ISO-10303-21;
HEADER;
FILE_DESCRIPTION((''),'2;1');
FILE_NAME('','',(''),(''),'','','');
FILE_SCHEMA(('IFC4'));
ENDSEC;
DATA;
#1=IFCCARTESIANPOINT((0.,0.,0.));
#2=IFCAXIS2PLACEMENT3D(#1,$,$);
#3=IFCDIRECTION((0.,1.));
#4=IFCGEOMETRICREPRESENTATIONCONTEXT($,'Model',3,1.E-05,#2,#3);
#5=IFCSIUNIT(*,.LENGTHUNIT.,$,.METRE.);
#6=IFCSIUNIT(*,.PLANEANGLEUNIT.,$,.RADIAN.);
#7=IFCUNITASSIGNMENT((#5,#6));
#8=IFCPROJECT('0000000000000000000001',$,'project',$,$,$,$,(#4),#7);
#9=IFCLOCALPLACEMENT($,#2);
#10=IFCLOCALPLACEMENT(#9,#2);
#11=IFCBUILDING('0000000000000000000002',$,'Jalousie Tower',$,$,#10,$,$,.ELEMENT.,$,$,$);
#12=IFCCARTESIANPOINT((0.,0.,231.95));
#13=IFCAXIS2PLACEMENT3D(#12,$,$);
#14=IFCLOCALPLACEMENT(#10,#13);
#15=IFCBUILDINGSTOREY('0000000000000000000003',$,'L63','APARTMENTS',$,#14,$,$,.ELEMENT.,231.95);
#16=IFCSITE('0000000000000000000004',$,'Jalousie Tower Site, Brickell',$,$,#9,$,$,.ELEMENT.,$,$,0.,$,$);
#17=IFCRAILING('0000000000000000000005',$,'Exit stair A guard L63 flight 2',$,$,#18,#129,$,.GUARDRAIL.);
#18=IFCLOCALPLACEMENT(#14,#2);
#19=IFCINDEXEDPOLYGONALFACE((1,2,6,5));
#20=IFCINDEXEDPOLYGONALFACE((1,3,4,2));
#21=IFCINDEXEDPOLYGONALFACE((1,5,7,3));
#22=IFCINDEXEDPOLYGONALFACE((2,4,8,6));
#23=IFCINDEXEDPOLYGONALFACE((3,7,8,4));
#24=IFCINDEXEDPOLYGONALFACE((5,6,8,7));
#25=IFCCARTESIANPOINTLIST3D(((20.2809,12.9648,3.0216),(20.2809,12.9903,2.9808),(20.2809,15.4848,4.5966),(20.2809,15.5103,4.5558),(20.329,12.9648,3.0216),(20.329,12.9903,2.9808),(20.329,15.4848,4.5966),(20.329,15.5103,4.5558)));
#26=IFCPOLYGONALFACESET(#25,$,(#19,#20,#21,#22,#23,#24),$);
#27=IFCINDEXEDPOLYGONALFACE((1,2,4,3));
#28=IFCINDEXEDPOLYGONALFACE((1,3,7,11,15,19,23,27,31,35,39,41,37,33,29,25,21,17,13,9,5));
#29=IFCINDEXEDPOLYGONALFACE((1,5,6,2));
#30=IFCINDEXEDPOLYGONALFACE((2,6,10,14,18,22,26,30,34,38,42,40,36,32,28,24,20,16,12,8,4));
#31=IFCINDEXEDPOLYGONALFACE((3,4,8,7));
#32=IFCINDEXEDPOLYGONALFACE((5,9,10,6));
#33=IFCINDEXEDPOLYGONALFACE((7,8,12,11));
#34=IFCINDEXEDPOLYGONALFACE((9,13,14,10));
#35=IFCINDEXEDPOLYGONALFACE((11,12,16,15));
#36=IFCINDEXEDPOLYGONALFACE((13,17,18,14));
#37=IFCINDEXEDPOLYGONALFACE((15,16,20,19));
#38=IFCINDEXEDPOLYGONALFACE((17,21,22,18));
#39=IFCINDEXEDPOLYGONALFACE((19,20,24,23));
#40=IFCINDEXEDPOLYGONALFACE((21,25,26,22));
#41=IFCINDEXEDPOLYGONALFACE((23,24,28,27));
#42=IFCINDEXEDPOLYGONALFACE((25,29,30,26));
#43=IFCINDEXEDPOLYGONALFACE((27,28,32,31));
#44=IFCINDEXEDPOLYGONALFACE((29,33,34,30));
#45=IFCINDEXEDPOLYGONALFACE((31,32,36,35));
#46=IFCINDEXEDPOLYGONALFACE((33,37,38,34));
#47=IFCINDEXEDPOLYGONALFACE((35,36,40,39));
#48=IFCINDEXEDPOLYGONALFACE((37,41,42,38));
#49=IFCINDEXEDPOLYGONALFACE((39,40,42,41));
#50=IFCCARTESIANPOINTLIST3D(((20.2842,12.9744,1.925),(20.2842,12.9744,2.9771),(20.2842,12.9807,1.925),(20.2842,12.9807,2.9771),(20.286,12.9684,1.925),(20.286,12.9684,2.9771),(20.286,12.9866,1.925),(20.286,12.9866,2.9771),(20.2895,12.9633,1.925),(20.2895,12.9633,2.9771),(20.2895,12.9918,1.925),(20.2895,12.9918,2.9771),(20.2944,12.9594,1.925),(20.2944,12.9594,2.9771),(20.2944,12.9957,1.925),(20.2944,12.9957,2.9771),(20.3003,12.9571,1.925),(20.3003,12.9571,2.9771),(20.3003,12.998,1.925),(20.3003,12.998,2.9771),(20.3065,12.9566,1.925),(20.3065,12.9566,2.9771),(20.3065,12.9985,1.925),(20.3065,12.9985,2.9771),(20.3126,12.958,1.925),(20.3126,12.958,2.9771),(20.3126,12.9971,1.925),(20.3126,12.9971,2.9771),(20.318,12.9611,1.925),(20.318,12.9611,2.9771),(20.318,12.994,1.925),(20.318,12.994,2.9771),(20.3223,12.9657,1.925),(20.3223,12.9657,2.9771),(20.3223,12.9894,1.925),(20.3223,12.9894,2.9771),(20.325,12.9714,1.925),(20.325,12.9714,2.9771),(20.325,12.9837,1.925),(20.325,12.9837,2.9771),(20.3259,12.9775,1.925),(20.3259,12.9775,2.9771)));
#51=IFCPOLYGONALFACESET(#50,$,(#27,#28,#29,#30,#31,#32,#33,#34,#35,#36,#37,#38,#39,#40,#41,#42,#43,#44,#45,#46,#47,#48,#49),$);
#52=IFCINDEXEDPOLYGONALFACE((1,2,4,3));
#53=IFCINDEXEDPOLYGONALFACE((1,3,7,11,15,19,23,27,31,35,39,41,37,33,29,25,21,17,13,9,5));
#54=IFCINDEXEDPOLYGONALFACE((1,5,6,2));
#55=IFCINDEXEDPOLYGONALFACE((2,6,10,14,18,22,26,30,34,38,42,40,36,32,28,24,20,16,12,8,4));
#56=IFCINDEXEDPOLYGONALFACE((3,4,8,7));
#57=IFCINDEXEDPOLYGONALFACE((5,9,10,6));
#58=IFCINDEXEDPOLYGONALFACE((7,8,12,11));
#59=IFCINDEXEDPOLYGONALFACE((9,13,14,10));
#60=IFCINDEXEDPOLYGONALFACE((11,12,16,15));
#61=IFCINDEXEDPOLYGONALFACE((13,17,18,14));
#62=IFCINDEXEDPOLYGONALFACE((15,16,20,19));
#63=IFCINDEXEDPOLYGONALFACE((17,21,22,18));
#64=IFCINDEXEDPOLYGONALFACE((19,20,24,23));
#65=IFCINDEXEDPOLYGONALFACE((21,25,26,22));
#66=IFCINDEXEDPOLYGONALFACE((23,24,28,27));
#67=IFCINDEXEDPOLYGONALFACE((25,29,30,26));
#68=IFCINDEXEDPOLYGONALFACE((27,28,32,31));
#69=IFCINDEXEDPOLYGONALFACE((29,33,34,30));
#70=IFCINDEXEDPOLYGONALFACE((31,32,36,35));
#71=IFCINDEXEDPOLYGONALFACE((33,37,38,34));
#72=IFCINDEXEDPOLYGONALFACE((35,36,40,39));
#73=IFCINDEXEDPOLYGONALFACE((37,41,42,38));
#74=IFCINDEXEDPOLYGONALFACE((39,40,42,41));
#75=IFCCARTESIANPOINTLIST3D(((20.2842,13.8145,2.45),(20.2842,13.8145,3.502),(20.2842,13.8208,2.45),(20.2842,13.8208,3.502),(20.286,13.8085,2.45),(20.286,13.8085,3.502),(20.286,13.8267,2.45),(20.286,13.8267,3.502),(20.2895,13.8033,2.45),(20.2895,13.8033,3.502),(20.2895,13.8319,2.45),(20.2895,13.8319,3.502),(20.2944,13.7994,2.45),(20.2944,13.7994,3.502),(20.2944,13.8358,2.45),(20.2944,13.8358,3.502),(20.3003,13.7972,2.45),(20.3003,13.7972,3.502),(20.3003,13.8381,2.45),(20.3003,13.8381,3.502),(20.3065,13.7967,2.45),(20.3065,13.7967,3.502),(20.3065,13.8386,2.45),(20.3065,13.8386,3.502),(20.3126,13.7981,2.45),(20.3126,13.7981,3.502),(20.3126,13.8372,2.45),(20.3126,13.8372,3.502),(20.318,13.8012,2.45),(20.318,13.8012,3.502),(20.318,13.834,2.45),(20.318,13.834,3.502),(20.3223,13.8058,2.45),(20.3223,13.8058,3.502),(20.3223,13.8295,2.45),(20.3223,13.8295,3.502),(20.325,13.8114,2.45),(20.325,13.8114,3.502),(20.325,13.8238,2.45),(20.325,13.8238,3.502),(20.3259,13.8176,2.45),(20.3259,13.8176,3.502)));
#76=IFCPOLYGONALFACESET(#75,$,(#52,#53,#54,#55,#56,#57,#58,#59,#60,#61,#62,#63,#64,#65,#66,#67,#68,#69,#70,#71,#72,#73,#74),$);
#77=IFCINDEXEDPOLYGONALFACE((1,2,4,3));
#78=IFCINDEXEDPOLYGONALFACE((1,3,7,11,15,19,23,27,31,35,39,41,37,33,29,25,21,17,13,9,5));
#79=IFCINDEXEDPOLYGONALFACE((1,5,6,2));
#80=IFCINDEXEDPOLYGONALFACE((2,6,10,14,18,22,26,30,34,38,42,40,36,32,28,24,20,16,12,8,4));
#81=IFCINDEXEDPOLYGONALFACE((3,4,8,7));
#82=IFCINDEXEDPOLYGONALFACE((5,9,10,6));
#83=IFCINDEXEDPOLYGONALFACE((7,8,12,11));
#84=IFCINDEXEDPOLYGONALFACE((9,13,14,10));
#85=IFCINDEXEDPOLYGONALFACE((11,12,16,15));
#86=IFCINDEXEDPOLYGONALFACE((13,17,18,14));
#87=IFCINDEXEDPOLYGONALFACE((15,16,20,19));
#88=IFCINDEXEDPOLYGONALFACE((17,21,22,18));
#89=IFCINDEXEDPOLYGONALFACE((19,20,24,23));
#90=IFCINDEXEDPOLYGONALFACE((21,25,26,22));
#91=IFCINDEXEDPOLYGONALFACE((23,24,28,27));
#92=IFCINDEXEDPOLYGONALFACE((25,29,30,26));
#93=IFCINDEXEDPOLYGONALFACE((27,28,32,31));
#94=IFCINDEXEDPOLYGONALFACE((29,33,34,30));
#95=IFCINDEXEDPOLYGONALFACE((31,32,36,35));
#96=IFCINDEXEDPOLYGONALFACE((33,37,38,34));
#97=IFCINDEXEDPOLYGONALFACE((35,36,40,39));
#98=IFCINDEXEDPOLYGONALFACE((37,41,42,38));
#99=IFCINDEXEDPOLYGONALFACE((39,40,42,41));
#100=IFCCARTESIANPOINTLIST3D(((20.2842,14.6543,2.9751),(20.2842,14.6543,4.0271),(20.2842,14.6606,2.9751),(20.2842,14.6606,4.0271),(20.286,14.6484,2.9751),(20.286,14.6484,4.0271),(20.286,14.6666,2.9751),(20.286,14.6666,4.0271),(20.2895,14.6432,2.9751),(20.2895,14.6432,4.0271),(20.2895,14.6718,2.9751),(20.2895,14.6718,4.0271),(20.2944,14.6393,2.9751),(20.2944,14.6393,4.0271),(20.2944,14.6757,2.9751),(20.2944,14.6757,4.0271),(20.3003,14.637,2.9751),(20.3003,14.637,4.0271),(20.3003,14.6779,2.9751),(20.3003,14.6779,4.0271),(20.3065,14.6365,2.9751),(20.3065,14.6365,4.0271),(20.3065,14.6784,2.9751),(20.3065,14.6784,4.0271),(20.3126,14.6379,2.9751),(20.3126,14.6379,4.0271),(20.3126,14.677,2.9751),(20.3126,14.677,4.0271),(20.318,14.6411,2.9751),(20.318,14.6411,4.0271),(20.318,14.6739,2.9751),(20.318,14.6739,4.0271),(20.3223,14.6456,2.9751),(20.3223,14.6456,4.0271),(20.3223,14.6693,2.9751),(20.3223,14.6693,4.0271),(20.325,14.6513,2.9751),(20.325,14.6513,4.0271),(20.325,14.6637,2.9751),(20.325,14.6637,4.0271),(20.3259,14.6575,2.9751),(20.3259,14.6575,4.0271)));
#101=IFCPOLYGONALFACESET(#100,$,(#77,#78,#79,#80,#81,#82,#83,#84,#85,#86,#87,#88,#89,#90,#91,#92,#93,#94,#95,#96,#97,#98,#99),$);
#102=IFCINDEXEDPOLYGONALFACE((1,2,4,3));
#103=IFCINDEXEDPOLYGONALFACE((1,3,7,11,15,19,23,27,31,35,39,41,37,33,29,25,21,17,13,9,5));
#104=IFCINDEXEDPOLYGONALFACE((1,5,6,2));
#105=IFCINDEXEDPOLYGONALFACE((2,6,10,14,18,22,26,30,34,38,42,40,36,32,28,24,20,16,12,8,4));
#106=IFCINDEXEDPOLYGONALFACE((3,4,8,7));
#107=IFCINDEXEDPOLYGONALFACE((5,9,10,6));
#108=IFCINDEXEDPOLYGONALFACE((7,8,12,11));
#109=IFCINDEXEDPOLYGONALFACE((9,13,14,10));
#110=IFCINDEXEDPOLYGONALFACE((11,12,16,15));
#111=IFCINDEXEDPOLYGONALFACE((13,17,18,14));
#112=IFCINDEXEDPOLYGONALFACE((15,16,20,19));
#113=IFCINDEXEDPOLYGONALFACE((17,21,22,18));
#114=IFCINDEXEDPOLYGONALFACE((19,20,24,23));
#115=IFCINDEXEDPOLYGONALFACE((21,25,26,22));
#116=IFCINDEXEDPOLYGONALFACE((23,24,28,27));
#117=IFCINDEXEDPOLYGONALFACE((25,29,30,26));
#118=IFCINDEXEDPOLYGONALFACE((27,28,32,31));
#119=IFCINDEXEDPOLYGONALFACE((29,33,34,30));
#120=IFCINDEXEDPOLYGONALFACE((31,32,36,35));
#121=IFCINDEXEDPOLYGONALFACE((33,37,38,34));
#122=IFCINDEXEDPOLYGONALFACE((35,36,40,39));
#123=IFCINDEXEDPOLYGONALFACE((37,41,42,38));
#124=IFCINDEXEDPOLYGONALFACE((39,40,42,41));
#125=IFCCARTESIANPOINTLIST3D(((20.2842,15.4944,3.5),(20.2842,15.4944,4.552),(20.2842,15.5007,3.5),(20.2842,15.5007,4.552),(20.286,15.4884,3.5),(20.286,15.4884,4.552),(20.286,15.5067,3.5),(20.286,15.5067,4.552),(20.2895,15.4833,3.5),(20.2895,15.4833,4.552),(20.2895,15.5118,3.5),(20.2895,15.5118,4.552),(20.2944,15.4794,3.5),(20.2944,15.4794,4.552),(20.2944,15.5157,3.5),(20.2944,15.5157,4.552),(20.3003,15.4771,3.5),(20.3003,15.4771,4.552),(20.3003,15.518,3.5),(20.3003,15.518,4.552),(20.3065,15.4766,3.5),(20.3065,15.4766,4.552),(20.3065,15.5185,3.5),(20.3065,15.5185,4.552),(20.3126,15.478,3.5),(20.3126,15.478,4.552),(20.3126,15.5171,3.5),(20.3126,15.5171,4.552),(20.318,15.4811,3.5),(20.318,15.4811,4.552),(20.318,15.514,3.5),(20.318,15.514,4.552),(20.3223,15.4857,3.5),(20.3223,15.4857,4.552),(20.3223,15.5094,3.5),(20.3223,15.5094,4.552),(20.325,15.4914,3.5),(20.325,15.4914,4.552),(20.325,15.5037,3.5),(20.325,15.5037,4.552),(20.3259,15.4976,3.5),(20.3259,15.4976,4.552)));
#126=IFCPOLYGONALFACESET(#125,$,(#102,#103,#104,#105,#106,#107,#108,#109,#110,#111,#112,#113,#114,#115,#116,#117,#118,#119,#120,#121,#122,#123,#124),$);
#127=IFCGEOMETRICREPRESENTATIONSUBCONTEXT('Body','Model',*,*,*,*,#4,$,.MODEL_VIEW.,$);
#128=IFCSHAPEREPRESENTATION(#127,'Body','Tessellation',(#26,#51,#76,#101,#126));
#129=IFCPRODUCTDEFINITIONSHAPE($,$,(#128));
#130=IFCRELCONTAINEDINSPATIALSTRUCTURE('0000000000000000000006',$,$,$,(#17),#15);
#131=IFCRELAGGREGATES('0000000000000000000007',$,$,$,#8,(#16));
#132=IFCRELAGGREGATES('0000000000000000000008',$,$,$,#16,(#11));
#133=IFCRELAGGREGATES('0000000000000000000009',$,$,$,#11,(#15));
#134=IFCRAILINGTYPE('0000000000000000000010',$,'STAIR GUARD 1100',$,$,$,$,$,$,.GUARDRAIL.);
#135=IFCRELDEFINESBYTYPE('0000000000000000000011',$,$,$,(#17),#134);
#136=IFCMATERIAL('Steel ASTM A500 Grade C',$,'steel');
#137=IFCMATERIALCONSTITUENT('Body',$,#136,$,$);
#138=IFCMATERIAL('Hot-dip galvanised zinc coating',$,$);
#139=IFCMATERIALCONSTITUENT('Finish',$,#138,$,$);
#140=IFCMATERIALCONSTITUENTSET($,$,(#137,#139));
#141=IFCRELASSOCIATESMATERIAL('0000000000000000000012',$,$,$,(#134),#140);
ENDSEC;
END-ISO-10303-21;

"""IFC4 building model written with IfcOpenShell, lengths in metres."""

from ifc_helpers import new_model, si_unit, direction, frame, origin, origin_2d, place, context, subcontext, project, spatial, rectangle, circle, extrude, material, constituent, constituent_set, type_object, element, save


model = new_model("IFC4")

# Units and contexts
model_context = context("Model", 3, precision=1e-05, world=origin(), true_north=direction((0.0, 1.0)))
body_context = subcontext(model_context, "Body", "Model", "MODEL_VIEW")
ifc_project = project(units=[si_unit("LENGTHUNIT", "METRE"), si_unit("PLANEANGLEUNIT", "RADIAN")], contexts=[model_context])

# Site, building, storey
site_placement = place(None, origin())
site = spatial("IfcSite", under=ifc_project, at=site_placement, Name="Jalousie Tower Site, Brickell", CompositionType="ELEMENT", RefElevation=0.0)
building_placement = place(site_placement, origin())
building = spatial("IfcBuilding", under=site, at=building_placement, Name="Jalousie Tower", CompositionType="ELEMENT")
storey_placement = place(building_placement, frame((0.0, 0.0, 231.95)))
storey = spatial("IfcBuildingStorey", under=building, at=storey_placement, Name="L63", Description="APARTMENTS", CompositionType="ELEMENT", Elevation=231.95)

# Railing
ifc_material_1 = material(Name="Steel ASTM A500 Grade C", Category="steel")
ifc_constituent_1 = constituent(ifc_material_1, Name="Body")
ifc_material_2 = material(Name="Hot-dip galvanised zinc coating")
ifc_constituent_2 = constituent(ifc_material_2, Name="Finish")
ifc_constituent_set_1 = constituent_set(constituents=[ifc_constituent_1, ifc_constituent_2])
railing_type = type_object("IfcRailingType", Name="STAIR GUARD 1100", PredefinedType="GUARDRAIL", material=ifc_constituent_set_1)
railing_placement = place(storey_placement, frame((20.3049, 12.9775, 1.925)))
element("IfcRailing", 1, at=railing_placement, inside=storey, type_object=railing_type, Name="Exit stair A guard L63 flight 2", PredefinedType="GUARDRAIL", context=body_context, shape_type="SweptSolid", body=[
    extrude(rectangle(XDim=0.0481, YDim=0.0481, at=origin_2d()), frame((0.0, 0.0, 1.0762), z_axis=(0.0, 0.848008, 0.529984), x_axis=(-1.0, 0.0, 0.0)), (0.0, 0.0, 1.0), 2.9717),
    extrude(circle(Radius=0.021, at=origin_2d()), origin(), (0.0, 0.0, 1.0), 1.052),
    extrude(circle(Radius=0.021, at=origin_2d()), frame((0.0, 0.8401, 0.5249)), (0.0, 0.0, 1.0), 1.052),
    extrude(circle(Radius=0.021, at=origin_2d()), frame((0.0, 1.6799, 1.05)), (0.0, 0.0, 1.0), 1.052),
    extrude(circle(Radius=0.021, at=origin_2d()), frame((0.0, 2.52, 1.575)), (0.0, 0.0, 1.0), 1.052),
])

save(model, "model.ifc")
